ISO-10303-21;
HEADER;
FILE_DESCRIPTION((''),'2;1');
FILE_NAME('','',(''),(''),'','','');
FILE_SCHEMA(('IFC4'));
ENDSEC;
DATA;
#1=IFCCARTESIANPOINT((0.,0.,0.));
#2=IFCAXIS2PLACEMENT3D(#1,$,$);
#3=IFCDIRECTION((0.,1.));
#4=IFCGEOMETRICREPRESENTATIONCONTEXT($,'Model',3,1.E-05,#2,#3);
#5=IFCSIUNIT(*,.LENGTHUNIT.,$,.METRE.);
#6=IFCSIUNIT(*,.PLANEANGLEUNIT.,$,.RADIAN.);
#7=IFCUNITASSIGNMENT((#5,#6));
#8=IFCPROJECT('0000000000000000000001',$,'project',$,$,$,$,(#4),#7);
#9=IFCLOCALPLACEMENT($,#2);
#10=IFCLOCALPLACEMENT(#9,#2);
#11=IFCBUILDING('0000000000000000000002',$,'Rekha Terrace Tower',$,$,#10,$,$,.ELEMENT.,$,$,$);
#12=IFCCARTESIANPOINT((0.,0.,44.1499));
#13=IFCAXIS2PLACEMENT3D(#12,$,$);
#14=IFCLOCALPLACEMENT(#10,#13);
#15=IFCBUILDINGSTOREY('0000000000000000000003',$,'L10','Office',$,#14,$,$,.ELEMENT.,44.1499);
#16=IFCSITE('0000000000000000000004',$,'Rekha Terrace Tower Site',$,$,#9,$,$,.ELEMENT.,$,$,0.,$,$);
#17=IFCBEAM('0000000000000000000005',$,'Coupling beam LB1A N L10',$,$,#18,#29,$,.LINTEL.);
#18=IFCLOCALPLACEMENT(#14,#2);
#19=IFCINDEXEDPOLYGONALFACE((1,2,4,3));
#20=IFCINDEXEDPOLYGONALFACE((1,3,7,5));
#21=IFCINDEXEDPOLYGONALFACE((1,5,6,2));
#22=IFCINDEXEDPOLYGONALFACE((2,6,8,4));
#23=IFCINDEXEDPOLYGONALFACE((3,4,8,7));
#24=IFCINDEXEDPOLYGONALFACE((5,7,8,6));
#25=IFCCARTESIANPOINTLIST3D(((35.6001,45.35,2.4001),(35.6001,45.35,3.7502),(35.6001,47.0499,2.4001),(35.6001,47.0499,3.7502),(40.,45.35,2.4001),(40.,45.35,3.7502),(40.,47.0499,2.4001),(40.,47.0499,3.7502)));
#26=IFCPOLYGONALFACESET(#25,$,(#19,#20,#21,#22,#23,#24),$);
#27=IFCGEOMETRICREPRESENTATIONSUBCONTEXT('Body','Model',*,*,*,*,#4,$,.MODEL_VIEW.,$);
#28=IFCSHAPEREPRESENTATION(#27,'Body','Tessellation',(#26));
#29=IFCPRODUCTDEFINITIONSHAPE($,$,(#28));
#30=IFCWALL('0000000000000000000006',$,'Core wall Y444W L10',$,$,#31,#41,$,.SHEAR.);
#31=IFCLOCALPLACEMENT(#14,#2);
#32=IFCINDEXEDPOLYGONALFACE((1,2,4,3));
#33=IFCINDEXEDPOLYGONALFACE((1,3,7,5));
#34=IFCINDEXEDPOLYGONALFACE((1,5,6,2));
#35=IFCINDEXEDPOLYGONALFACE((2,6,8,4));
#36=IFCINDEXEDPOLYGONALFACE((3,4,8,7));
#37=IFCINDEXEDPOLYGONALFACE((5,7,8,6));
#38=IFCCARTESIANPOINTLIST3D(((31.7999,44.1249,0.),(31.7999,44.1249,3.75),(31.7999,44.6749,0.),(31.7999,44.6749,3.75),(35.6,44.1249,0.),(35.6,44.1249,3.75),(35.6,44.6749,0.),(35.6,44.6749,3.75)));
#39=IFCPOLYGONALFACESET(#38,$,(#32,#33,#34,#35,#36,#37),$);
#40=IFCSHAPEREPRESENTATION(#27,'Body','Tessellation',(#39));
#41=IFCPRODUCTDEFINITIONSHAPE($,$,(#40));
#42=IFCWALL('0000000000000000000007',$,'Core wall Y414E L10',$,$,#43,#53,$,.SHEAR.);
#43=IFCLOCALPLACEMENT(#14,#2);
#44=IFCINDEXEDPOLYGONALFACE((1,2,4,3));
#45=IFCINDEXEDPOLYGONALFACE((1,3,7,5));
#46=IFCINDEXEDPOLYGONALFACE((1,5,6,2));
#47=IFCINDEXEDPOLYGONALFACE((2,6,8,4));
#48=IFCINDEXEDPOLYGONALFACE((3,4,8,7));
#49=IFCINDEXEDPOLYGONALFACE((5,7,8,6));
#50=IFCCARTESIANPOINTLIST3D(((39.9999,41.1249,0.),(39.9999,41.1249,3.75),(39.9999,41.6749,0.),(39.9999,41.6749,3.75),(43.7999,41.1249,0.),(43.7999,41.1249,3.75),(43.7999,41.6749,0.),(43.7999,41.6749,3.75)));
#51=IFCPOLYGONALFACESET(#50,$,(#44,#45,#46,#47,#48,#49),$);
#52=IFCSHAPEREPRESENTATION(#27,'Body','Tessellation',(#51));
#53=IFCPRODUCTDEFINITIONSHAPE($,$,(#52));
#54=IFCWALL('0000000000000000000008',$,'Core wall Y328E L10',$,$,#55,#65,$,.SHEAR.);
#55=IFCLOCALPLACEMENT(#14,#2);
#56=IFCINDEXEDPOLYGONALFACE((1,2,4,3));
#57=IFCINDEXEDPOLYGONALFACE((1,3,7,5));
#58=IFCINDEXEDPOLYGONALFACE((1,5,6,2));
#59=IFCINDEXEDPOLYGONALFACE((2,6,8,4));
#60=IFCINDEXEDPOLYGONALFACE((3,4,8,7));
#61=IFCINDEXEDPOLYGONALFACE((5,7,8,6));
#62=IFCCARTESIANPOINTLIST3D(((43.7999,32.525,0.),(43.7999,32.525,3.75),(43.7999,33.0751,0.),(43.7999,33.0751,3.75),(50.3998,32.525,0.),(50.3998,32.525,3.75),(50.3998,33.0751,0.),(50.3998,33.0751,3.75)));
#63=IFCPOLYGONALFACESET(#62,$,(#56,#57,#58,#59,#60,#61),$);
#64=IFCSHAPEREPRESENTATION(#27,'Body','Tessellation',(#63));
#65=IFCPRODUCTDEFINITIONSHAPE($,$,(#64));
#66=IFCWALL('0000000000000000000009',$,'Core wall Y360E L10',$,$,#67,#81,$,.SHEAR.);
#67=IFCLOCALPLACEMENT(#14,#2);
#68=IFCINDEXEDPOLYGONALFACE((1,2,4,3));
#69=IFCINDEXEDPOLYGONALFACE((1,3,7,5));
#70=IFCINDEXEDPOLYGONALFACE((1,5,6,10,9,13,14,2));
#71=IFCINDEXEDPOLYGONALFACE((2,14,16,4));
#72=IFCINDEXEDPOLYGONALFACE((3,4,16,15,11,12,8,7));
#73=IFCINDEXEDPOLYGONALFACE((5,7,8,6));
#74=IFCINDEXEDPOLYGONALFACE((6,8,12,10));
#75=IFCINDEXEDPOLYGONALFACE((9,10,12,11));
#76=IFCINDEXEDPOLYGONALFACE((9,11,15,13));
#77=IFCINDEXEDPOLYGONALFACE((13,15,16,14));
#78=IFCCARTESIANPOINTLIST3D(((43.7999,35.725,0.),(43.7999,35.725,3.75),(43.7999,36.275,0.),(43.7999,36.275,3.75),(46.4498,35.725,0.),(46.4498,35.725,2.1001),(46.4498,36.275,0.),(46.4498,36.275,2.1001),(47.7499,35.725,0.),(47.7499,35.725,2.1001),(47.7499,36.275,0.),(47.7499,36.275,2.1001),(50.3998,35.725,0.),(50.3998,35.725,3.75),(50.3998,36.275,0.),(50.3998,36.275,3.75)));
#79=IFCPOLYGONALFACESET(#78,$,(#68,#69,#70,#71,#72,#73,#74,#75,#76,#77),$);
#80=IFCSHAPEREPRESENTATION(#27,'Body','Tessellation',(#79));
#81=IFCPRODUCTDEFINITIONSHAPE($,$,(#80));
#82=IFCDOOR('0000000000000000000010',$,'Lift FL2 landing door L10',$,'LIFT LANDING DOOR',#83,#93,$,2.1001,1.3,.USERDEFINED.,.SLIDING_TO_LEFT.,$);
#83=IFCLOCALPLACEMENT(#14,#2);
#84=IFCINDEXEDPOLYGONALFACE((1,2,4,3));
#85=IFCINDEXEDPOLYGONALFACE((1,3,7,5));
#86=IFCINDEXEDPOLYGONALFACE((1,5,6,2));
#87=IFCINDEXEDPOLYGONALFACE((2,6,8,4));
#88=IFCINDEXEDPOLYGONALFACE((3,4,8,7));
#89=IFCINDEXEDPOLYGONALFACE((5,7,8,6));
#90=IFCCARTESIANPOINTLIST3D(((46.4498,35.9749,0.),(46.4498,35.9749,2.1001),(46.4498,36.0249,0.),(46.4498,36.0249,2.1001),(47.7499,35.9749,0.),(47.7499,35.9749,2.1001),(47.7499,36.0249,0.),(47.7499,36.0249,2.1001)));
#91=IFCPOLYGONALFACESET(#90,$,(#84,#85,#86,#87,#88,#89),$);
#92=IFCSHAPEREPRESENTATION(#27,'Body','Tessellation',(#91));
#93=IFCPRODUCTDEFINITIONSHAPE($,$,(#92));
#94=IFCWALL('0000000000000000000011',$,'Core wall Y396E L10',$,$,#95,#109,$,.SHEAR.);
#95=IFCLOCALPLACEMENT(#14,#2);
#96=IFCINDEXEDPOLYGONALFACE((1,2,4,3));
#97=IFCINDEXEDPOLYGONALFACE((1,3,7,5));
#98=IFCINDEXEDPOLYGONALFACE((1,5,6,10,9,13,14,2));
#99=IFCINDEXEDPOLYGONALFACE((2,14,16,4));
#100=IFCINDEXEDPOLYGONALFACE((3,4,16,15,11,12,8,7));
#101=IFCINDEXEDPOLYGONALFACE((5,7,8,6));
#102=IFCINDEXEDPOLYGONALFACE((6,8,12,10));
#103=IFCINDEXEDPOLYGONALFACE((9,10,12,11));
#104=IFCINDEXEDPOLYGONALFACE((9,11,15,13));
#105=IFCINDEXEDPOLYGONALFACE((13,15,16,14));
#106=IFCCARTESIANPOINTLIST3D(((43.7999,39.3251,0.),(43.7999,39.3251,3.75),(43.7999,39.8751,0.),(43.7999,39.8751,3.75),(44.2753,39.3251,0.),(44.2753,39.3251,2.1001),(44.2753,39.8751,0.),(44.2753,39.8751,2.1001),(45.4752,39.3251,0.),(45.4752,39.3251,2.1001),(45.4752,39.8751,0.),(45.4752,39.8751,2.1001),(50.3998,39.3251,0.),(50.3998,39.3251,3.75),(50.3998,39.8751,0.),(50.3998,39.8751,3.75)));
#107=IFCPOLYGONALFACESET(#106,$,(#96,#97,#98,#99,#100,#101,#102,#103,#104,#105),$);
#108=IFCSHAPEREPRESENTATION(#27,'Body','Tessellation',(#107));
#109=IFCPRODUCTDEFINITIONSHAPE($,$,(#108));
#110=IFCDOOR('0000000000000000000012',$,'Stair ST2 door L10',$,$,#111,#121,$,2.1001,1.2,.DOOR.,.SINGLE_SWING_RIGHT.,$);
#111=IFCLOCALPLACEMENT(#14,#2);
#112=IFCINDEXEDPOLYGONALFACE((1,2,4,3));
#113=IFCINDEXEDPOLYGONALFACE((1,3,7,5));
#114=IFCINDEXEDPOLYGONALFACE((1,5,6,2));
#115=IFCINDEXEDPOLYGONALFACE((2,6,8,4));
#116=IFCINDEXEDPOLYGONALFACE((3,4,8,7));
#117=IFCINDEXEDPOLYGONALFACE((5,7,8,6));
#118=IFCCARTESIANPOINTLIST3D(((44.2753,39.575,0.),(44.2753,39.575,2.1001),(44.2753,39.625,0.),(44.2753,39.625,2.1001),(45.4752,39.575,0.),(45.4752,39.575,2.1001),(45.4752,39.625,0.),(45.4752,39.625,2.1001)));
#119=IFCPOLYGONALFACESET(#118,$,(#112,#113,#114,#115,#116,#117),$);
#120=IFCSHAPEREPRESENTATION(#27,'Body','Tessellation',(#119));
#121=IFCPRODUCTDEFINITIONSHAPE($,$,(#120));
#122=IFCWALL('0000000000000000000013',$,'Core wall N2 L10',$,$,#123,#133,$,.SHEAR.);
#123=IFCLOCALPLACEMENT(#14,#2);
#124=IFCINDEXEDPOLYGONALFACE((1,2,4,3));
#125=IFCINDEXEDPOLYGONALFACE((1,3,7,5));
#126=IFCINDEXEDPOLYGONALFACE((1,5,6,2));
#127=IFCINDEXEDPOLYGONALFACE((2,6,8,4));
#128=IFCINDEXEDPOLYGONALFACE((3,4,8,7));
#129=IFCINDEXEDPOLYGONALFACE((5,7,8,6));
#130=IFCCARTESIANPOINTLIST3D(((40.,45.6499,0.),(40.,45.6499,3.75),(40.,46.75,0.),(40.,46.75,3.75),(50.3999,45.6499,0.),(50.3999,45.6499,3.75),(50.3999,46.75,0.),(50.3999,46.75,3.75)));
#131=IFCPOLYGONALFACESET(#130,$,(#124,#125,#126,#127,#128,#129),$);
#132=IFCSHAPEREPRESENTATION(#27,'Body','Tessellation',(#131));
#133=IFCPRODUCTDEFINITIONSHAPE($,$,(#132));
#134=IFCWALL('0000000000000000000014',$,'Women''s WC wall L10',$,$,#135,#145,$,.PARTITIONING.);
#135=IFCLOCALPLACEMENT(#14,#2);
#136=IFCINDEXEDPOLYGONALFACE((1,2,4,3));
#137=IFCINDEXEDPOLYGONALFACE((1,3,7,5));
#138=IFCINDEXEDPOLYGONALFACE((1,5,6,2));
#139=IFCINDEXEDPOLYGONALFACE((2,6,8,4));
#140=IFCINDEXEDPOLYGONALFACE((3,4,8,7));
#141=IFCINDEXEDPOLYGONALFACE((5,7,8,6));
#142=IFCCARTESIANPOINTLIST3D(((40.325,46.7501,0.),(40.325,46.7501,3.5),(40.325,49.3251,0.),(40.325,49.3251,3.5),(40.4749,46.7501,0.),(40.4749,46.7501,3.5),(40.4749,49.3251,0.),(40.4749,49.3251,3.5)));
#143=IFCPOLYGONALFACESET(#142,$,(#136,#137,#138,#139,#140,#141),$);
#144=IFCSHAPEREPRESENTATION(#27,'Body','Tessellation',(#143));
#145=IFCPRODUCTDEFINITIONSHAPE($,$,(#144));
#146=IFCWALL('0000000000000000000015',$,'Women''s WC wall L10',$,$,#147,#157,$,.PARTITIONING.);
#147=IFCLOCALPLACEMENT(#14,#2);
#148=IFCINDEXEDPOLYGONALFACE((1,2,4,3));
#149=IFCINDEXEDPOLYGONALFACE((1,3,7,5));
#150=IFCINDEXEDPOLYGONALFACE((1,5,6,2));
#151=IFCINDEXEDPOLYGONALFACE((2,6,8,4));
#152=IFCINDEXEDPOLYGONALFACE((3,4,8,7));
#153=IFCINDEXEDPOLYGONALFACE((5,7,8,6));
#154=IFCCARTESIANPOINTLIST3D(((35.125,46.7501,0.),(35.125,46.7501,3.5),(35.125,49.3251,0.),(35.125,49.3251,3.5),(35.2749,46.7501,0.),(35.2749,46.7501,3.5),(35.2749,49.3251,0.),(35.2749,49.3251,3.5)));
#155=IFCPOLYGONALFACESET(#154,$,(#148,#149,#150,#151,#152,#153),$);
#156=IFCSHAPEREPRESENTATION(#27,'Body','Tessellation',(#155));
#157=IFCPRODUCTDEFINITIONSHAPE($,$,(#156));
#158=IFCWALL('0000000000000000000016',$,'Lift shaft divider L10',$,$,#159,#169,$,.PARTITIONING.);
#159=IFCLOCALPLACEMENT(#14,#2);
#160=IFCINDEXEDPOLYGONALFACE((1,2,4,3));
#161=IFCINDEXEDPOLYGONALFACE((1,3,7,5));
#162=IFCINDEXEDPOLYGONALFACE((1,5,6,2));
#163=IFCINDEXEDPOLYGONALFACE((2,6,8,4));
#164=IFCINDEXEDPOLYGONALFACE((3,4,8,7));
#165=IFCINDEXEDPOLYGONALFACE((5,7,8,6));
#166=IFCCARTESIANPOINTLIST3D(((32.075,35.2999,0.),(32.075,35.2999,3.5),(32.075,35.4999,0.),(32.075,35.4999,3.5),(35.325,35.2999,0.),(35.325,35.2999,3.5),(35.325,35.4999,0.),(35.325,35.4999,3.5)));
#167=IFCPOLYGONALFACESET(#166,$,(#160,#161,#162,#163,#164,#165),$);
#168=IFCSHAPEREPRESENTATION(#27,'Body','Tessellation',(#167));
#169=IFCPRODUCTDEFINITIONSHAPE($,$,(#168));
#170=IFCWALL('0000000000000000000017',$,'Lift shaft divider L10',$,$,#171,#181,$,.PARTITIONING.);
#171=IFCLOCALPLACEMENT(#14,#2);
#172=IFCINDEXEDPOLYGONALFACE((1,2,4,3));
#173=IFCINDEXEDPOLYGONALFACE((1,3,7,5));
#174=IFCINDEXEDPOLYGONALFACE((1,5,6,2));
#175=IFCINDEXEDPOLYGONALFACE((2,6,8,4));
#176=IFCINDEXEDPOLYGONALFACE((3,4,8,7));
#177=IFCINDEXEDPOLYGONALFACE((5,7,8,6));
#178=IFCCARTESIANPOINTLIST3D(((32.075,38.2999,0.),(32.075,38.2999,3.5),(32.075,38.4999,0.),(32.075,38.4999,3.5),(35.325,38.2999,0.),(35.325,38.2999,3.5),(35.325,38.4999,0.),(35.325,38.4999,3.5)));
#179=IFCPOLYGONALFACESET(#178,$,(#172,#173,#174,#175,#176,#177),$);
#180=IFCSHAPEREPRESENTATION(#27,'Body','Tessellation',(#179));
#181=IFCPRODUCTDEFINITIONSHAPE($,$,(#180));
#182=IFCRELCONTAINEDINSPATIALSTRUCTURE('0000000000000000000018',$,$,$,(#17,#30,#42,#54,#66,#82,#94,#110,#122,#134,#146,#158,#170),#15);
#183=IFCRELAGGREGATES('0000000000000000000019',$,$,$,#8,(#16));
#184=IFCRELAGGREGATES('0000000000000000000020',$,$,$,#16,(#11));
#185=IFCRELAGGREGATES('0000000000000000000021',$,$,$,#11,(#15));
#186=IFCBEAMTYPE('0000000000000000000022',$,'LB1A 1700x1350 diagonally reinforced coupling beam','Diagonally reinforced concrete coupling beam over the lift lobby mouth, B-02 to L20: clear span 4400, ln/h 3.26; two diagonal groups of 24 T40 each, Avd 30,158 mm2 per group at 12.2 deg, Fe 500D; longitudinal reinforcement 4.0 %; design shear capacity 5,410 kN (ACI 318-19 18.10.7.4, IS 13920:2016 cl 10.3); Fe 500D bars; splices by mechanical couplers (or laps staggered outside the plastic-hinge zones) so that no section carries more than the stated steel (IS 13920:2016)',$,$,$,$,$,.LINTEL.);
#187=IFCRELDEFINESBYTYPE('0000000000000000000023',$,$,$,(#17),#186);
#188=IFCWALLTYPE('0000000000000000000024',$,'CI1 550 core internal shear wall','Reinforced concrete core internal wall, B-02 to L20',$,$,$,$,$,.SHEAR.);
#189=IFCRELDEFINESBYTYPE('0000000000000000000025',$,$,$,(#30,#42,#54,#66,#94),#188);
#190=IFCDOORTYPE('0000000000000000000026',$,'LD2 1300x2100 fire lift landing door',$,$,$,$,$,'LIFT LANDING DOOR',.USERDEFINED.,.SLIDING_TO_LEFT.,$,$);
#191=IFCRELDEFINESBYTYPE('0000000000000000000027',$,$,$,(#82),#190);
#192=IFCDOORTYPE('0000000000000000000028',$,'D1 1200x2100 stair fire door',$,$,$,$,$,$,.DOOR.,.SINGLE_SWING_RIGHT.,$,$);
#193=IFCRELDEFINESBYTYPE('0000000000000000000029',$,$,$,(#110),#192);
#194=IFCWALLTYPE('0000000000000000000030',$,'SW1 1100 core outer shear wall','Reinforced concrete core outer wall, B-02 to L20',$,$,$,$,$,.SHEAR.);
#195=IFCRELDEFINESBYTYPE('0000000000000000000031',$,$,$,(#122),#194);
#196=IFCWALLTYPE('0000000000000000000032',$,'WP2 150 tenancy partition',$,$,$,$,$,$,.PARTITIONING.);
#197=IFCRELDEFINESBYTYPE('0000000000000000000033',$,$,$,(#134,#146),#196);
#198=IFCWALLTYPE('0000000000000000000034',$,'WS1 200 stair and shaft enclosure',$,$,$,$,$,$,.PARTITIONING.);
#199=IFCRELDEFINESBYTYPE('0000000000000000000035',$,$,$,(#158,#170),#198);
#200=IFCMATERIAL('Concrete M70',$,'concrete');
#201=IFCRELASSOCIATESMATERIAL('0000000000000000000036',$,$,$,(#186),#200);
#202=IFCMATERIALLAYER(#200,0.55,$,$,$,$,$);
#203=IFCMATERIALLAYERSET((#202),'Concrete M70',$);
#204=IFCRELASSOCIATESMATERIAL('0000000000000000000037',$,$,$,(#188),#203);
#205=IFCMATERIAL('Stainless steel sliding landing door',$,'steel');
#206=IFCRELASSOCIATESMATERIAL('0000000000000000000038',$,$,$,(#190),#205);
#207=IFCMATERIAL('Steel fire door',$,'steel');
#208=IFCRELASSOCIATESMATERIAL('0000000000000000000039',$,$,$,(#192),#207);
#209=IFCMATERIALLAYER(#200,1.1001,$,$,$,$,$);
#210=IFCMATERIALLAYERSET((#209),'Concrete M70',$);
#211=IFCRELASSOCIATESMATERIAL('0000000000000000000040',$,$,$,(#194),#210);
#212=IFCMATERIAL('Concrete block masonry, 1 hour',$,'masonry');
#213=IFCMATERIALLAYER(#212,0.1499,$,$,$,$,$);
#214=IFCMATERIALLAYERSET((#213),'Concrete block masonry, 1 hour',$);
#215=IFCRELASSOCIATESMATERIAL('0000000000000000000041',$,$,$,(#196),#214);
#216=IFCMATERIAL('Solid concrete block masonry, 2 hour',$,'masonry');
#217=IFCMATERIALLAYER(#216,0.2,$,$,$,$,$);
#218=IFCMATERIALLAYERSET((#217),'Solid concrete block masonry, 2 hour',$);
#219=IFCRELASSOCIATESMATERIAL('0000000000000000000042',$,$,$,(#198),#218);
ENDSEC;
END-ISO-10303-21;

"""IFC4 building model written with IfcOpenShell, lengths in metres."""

from ifc_helpers import new_model, si_unit, direction, frame, frame_2d, origin, origin_2d, place, context, subcontext, project, spatial, rectangle, extrude, material, layer, layer_set, material_profile, profile_set, type_object, element, fill, save


model = new_model("IFC4")

# Units and contexts
model_context = context("Model", 3, precision=1e-05, world=origin(), true_north=direction((0.0, 1.0)))
body_context = subcontext(model_context, "Body", "Model", "MODEL_VIEW")
ifc_project = project(units=[si_unit("LENGTHUNIT", "METRE"), si_unit("PLANEANGLEUNIT", "RADIAN")], contexts=[model_context])

# Site, building, storey
site_placement = place(None, origin())
site = spatial("IfcSite", under=ifc_project, at=site_placement, Name="Rekha Terrace Tower Site", CompositionType="ELEMENT", RefElevation=0.0)
building_placement = place(site_placement, origin())
building = spatial("IfcBuilding", under=site, at=building_placement, Name="Rekha Terrace Tower", CompositionType="ELEMENT")
storey_placement = place(building_placement, frame((0.0, 0.0, 44.1499)))
storey = spatial("IfcBuildingStorey", under=building, at=storey_placement, Name="L10", Description="Office", CompositionType="ELEMENT", Elevation=44.1499)

# Beam
ifc_material_1 = material(Name="Concrete M70", Category="concrete")
ifc_material_profile = material_profile(ifc_material_1, rectangle(XDim=1.7, YDim=1.3501, at=origin_2d()), Name="RC 1700x1350")
ifc_profile_set = profile_set([ifc_material_profile], Name="Concrete M70")
beam_type = type_object("IfcBeamType", Name="LB1A 1700x1350 diagonally reinforced coupling beam", Description="Diagonally reinforced concrete coupling beam over the lift lobby mouth, B-02 to L20: clear span 4400, ln/h 3.26; two diagonal groups of 24 T40 each, Avd 30,158 mm2 per group at 12.2 deg, Fe 500D; longitudinal reinforcement 4.0 %; design shear capacity 5,410 kN (ACI 318-19 18.10.7.4, IS 13920:2016 cl 10.3); Fe 500D bars; splices by mechanical couplers (or laps staggered outside the plastic-hinge zones) so that no section carries more than the stated steel (IS 13920:2016)", PredefinedType="LINTEL", material=ifc_profile_set)
beam_placement = place(storey_placement, frame((35.6001, 46.2, 3.0752), z_axis=(1.0, 0.0, 0.0), x_axis=(0.0, 1.0, 0.0)))
element("IfcBeam", 1, at=beam_placement, inside=storey, type_object=beam_type, Name="Coupling beam LB1A N L10", PredefinedType="LINTEL", context=body_context, shape_type="SweptSolid", body=[
    extrude(rectangle(XDim=1.7, YDim=1.3501, at=origin_2d()), origin(), (0.0, 0.0, 1.0), 4.3999),
])

# Walls
ifc_layer_1 = layer(ifc_material_1, 0.55)
ifc_layer_set_1 = layer_set([ifc_layer_1], Name="Concrete M70")
wall_type_1 = type_object("IfcWallType", Name="CI1 550 core internal shear wall", Description="Reinforced concrete core internal wall, B-02 to L20", PredefinedType="SHEAR", material=ifc_layer_set_1)
for number, where, z_axis, x_axis, name in (
    (2, (31.8, 44.3999, 0.0), (0.0, 0.0, 1.0), (1.0, 0.0, 0.0), "Core wall Y444W L10"),
    (3, (40.0, 41.3999, 0.0), (0.0, 0.0, 1.0), (1.0, 0.0, 0.0), "Core wall Y414E L10"),
):
    element("IfcWall", number, at=place(storey_placement, frame(where, z_axis=z_axis, x_axis=x_axis)), inside=storey, type_object=wall_type_1, Name=name, PredefinedType="SHEAR", context=body_context, shape_type="SweptSolid", body=[
        extrude(rectangle(XDim=3.8, YDim=0.55, at=frame_2d((1.8999, 0.0))), origin(), (0.0, 0.0, 1.0), 3.75),
    ])
wall_1_placement = place(storey_placement, frame((43.8, 32.8, 0.0), z_axis=(0.0, 0.0, 1.0), x_axis=(1.0, 0.0, 0.0)))
element("IfcWall", 4, at=wall_1_placement, inside=storey, type_object=wall_type_1, Name="Core wall Y328E L10", PredefinedType="SHEAR", context=body_context, shape_type="SweptSolid", body=[
    extrude(rectangle(XDim=6.5999, YDim=0.55, at=frame_2d((3.2998, 0.0))), origin(), (0.0, 0.0, 1.0), 3.75),
])

# Walls, openings, doors
wall_2_placement = place(storey_placement, frame((43.8, 36.0, 0.0), z_axis=(0.0, 0.0, 1.0), x_axis=(1.0, 0.0, 0.0)))
wall_2 = element("IfcWall", 5, at=wall_2_placement, inside=storey, type_object=wall_type_1, Name="Core wall Y360E L10", PredefinedType="SHEAR", context=body_context, shape_type="SweptSolid", body=[
    extrude(rectangle(XDim=6.5999, YDim=0.55, at=frame_2d((3.2998, 0.0))), origin(), (0.0, 0.0, 1.0), 3.75),
])
opening_1_placement = place(wall_2_placement, frame((2.6499, 0.0, 0.0)))
opening_1 = element("IfcOpeningElement", 6, at=opening_1_placement, cuts=wall_2, PredefinedType="OPENING", context=body_context, shape_type="SweptSolid", body=[
    extrude(rectangle(XDim=1.3, YDim=2.1001, at=frame_2d((0.6499, 1.05))), frame((0.0, 0.2849, 0.0), z_axis=(0.0, -1.0, 0.0), x_axis=(1.0, 0.0, 0.0)), (0.0, 0.0, 1.0), 0.5701),
])
ifc_material_2 = material(Name="Stainless steel sliding landing door", Category="steel")
door_type_1 = type_object("IfcDoorType", Name="LD2 1300x2100 fire lift landing door", ElementType="LIFT LANDING DOOR", OperationType="SLIDING_TO_LEFT", PredefinedType="USERDEFINED", material=ifc_material_2)
door_1_placement = place(opening_1_placement, origin())
door_1 = element("IfcDoor", 7, at=door_1_placement, inside=storey, type_object=door_type_1, Name="Lift FL2 landing door L10", ObjectType="LIFT LANDING DOOR", OperationType="SLIDING_TO_LEFT", OverallHeight=2.1001, OverallWidth=1.3, PredefinedType="USERDEFINED", context=body_context, shape_type="SweptSolid", body=[
    extrude(rectangle(XDim=1.3, YDim=2.1001, at=frame_2d((0.6499, 1.05))), frame((0.0, 0.0249, 0.0), z_axis=(0.0, -1.0, 0.0), x_axis=(1.0, 0.0, 0.0)), (0.0, 0.0, 1.0), 0.05),
])
fill(opening_1, door_1)
wall_3_placement = place(storey_placement, frame((43.8, 39.6001, 0.0), z_axis=(0.0, 0.0, 1.0), x_axis=(1.0, 0.0, 0.0)))
wall_3 = element("IfcWall", 8, at=wall_3_placement, inside=storey, type_object=wall_type_1, Name="Core wall Y396E L10", PredefinedType="SHEAR", context=body_context, shape_type="SweptSolid", body=[
    extrude(rectangle(XDim=6.5999, YDim=0.55, at=frame_2d((3.2998, 0.0))), origin(), (0.0, 0.0, 1.0), 3.75),
])
opening_2_placement = place(wall_3_placement, frame((0.4751, 0.0, 0.0)))
opening_2 = element("IfcOpeningElement", 9, at=opening_2_placement, cuts=wall_3, PredefinedType="OPENING", context=body_context, shape_type="SweptSolid", body=[
    extrude(rectangle(XDim=1.2, YDim=2.1001, at=frame_2d((0.6001, 1.05))), frame((0.0, 0.2849, 0.0), z_axis=(0.0, -1.0, 0.0), x_axis=(1.0, 0.0, 0.0)), (0.0, 0.0, 1.0), 0.5701),
])
ifc_material_3 = material(Name="Steel fire door", Category="steel")
door_type_2 = type_object("IfcDoorType", Name="D1 1200x2100 stair fire door", OperationType="SINGLE_SWING_RIGHT", PredefinedType="DOOR", material=ifc_material_3)
door_2_placement = place(opening_2_placement, origin())
door_2 = element("IfcDoor", 10, at=door_2_placement, inside=storey, type_object=door_type_2, Name="Stair ST2 door L10", OperationType="SINGLE_SWING_RIGHT", OverallHeight=2.1001, OverallWidth=1.2, PredefinedType="DOOR", context=body_context, shape_type="SweptSolid", body=[
    extrude(rectangle(XDim=1.2, YDim=2.1001, at=frame_2d((0.6001, 1.05))), frame((0.0, 0.0249, 0.0), z_axis=(0.0, -1.0, 0.0), x_axis=(1.0, 0.0, 0.0)), (0.0, 0.0, 1.0), 0.05),
])
fill(opening_2, door_2)

# Walls
ifc_layer_2 = layer(ifc_material_1, 1.1001)
ifc_layer_set_2 = layer_set([ifc_layer_2], Name="Concrete M70")
wall_type_2 = type_object("IfcWallType", Name="SW1 1100 core outer shear wall", Description="Reinforced concrete core outer wall, B-02 to L20", PredefinedType="SHEAR", material=ifc_layer_set_2)
wall_4_placement = place(storey_placement, frame((40.0, 46.2, 0.0), z_axis=(0.0, 0.0, 1.0), x_axis=(1.0, 0.0, 0.0)))
element("IfcWall", 11, at=wall_4_placement, inside=storey, type_object=wall_type_2, Name="Core wall N2 L10", PredefinedType="SHEAR", context=body_context, shape_type="SweptSolid", body=[
    extrude(rectangle(XDim=10.3999, YDim=1.1001, at=frame_2d((5.2, 0.0))), origin(), (0.0, 0.0, 1.0), 3.75),
])
ifc_material_4 = material(Name="Concrete block masonry, 1 hour", Category="masonry")
ifc_layer_3 = layer(ifc_material_4, 0.1499)
ifc_layer_set_3 = layer_set([ifc_layer_3], Name="Concrete block masonry, 1 hour")
wall_type_3 = type_object("IfcWallType", Name="WP2 150 tenancy partition", PredefinedType="PARTITIONING", material=ifc_layer_set_3)
for number, where, z_axis, x_axis, name in (
    (12, (40.3999, 46.75, 0.0), (0.0, 0.0, 1.0), (0.0, 1.0, 0.0), "Women's WC wall L10"),
    (13, (35.2, 46.75, 0.0), (0.0, 0.0, 1.0), (0.0, 1.0, 0.0), "Women's WC wall L10"),
):
    element("IfcWall", number, at=place(storey_placement, frame(where, z_axis=z_axis, x_axis=x_axis)), inside=storey, type_object=wall_type_3, Name=name, PredefinedType="PARTITIONING", context=body_context, shape_type="SweptSolid", body=[
        extrude(rectangle(XDim=2.575, YDim=0.1499, at=frame_2d((1.2876, 0.0))), origin(), (0.0, 0.0, 1.0), 3.5),
    ])
ifc_material_5 = material(Name="Solid concrete block masonry, 2 hour", Category="masonry")
ifc_layer_4 = layer(ifc_material_5, 0.2)
ifc_layer_set_4 = layer_set([ifc_layer_4], Name="Solid concrete block masonry, 2 hour")
wall_type_4 = type_object("IfcWallType", Name="WS1 200 stair and shaft enclosure", PredefinedType="PARTITIONING", material=ifc_layer_set_4)
for number, where, z_axis, x_axis, name in (
    (14, (32.075, 35.3999, 0.0), (0.0, 0.0, 1.0), (1.0, 0.0, 0.0), "Lift shaft divider L10"),
    (15, (32.075, 38.3999, 0.0), (0.0, 0.0, 1.0), (1.0, 0.0, 0.0), "Lift shaft divider L10"),
):
    element("IfcWall", number, at=place(storey_placement, frame(where, z_axis=z_axis, x_axis=x_axis)), inside=storey, type_object=wall_type_4, Name=name, PredefinedType="PARTITIONING", context=body_context, shape_type="SweptSolid", body=[
        extrude(rectangle(XDim=3.25, YDim=0.2, at=frame_2d((1.625, 0.0))), origin(), (0.0, 0.0, 1.0), 3.5),
    ])

save(model, "model.ifc")
